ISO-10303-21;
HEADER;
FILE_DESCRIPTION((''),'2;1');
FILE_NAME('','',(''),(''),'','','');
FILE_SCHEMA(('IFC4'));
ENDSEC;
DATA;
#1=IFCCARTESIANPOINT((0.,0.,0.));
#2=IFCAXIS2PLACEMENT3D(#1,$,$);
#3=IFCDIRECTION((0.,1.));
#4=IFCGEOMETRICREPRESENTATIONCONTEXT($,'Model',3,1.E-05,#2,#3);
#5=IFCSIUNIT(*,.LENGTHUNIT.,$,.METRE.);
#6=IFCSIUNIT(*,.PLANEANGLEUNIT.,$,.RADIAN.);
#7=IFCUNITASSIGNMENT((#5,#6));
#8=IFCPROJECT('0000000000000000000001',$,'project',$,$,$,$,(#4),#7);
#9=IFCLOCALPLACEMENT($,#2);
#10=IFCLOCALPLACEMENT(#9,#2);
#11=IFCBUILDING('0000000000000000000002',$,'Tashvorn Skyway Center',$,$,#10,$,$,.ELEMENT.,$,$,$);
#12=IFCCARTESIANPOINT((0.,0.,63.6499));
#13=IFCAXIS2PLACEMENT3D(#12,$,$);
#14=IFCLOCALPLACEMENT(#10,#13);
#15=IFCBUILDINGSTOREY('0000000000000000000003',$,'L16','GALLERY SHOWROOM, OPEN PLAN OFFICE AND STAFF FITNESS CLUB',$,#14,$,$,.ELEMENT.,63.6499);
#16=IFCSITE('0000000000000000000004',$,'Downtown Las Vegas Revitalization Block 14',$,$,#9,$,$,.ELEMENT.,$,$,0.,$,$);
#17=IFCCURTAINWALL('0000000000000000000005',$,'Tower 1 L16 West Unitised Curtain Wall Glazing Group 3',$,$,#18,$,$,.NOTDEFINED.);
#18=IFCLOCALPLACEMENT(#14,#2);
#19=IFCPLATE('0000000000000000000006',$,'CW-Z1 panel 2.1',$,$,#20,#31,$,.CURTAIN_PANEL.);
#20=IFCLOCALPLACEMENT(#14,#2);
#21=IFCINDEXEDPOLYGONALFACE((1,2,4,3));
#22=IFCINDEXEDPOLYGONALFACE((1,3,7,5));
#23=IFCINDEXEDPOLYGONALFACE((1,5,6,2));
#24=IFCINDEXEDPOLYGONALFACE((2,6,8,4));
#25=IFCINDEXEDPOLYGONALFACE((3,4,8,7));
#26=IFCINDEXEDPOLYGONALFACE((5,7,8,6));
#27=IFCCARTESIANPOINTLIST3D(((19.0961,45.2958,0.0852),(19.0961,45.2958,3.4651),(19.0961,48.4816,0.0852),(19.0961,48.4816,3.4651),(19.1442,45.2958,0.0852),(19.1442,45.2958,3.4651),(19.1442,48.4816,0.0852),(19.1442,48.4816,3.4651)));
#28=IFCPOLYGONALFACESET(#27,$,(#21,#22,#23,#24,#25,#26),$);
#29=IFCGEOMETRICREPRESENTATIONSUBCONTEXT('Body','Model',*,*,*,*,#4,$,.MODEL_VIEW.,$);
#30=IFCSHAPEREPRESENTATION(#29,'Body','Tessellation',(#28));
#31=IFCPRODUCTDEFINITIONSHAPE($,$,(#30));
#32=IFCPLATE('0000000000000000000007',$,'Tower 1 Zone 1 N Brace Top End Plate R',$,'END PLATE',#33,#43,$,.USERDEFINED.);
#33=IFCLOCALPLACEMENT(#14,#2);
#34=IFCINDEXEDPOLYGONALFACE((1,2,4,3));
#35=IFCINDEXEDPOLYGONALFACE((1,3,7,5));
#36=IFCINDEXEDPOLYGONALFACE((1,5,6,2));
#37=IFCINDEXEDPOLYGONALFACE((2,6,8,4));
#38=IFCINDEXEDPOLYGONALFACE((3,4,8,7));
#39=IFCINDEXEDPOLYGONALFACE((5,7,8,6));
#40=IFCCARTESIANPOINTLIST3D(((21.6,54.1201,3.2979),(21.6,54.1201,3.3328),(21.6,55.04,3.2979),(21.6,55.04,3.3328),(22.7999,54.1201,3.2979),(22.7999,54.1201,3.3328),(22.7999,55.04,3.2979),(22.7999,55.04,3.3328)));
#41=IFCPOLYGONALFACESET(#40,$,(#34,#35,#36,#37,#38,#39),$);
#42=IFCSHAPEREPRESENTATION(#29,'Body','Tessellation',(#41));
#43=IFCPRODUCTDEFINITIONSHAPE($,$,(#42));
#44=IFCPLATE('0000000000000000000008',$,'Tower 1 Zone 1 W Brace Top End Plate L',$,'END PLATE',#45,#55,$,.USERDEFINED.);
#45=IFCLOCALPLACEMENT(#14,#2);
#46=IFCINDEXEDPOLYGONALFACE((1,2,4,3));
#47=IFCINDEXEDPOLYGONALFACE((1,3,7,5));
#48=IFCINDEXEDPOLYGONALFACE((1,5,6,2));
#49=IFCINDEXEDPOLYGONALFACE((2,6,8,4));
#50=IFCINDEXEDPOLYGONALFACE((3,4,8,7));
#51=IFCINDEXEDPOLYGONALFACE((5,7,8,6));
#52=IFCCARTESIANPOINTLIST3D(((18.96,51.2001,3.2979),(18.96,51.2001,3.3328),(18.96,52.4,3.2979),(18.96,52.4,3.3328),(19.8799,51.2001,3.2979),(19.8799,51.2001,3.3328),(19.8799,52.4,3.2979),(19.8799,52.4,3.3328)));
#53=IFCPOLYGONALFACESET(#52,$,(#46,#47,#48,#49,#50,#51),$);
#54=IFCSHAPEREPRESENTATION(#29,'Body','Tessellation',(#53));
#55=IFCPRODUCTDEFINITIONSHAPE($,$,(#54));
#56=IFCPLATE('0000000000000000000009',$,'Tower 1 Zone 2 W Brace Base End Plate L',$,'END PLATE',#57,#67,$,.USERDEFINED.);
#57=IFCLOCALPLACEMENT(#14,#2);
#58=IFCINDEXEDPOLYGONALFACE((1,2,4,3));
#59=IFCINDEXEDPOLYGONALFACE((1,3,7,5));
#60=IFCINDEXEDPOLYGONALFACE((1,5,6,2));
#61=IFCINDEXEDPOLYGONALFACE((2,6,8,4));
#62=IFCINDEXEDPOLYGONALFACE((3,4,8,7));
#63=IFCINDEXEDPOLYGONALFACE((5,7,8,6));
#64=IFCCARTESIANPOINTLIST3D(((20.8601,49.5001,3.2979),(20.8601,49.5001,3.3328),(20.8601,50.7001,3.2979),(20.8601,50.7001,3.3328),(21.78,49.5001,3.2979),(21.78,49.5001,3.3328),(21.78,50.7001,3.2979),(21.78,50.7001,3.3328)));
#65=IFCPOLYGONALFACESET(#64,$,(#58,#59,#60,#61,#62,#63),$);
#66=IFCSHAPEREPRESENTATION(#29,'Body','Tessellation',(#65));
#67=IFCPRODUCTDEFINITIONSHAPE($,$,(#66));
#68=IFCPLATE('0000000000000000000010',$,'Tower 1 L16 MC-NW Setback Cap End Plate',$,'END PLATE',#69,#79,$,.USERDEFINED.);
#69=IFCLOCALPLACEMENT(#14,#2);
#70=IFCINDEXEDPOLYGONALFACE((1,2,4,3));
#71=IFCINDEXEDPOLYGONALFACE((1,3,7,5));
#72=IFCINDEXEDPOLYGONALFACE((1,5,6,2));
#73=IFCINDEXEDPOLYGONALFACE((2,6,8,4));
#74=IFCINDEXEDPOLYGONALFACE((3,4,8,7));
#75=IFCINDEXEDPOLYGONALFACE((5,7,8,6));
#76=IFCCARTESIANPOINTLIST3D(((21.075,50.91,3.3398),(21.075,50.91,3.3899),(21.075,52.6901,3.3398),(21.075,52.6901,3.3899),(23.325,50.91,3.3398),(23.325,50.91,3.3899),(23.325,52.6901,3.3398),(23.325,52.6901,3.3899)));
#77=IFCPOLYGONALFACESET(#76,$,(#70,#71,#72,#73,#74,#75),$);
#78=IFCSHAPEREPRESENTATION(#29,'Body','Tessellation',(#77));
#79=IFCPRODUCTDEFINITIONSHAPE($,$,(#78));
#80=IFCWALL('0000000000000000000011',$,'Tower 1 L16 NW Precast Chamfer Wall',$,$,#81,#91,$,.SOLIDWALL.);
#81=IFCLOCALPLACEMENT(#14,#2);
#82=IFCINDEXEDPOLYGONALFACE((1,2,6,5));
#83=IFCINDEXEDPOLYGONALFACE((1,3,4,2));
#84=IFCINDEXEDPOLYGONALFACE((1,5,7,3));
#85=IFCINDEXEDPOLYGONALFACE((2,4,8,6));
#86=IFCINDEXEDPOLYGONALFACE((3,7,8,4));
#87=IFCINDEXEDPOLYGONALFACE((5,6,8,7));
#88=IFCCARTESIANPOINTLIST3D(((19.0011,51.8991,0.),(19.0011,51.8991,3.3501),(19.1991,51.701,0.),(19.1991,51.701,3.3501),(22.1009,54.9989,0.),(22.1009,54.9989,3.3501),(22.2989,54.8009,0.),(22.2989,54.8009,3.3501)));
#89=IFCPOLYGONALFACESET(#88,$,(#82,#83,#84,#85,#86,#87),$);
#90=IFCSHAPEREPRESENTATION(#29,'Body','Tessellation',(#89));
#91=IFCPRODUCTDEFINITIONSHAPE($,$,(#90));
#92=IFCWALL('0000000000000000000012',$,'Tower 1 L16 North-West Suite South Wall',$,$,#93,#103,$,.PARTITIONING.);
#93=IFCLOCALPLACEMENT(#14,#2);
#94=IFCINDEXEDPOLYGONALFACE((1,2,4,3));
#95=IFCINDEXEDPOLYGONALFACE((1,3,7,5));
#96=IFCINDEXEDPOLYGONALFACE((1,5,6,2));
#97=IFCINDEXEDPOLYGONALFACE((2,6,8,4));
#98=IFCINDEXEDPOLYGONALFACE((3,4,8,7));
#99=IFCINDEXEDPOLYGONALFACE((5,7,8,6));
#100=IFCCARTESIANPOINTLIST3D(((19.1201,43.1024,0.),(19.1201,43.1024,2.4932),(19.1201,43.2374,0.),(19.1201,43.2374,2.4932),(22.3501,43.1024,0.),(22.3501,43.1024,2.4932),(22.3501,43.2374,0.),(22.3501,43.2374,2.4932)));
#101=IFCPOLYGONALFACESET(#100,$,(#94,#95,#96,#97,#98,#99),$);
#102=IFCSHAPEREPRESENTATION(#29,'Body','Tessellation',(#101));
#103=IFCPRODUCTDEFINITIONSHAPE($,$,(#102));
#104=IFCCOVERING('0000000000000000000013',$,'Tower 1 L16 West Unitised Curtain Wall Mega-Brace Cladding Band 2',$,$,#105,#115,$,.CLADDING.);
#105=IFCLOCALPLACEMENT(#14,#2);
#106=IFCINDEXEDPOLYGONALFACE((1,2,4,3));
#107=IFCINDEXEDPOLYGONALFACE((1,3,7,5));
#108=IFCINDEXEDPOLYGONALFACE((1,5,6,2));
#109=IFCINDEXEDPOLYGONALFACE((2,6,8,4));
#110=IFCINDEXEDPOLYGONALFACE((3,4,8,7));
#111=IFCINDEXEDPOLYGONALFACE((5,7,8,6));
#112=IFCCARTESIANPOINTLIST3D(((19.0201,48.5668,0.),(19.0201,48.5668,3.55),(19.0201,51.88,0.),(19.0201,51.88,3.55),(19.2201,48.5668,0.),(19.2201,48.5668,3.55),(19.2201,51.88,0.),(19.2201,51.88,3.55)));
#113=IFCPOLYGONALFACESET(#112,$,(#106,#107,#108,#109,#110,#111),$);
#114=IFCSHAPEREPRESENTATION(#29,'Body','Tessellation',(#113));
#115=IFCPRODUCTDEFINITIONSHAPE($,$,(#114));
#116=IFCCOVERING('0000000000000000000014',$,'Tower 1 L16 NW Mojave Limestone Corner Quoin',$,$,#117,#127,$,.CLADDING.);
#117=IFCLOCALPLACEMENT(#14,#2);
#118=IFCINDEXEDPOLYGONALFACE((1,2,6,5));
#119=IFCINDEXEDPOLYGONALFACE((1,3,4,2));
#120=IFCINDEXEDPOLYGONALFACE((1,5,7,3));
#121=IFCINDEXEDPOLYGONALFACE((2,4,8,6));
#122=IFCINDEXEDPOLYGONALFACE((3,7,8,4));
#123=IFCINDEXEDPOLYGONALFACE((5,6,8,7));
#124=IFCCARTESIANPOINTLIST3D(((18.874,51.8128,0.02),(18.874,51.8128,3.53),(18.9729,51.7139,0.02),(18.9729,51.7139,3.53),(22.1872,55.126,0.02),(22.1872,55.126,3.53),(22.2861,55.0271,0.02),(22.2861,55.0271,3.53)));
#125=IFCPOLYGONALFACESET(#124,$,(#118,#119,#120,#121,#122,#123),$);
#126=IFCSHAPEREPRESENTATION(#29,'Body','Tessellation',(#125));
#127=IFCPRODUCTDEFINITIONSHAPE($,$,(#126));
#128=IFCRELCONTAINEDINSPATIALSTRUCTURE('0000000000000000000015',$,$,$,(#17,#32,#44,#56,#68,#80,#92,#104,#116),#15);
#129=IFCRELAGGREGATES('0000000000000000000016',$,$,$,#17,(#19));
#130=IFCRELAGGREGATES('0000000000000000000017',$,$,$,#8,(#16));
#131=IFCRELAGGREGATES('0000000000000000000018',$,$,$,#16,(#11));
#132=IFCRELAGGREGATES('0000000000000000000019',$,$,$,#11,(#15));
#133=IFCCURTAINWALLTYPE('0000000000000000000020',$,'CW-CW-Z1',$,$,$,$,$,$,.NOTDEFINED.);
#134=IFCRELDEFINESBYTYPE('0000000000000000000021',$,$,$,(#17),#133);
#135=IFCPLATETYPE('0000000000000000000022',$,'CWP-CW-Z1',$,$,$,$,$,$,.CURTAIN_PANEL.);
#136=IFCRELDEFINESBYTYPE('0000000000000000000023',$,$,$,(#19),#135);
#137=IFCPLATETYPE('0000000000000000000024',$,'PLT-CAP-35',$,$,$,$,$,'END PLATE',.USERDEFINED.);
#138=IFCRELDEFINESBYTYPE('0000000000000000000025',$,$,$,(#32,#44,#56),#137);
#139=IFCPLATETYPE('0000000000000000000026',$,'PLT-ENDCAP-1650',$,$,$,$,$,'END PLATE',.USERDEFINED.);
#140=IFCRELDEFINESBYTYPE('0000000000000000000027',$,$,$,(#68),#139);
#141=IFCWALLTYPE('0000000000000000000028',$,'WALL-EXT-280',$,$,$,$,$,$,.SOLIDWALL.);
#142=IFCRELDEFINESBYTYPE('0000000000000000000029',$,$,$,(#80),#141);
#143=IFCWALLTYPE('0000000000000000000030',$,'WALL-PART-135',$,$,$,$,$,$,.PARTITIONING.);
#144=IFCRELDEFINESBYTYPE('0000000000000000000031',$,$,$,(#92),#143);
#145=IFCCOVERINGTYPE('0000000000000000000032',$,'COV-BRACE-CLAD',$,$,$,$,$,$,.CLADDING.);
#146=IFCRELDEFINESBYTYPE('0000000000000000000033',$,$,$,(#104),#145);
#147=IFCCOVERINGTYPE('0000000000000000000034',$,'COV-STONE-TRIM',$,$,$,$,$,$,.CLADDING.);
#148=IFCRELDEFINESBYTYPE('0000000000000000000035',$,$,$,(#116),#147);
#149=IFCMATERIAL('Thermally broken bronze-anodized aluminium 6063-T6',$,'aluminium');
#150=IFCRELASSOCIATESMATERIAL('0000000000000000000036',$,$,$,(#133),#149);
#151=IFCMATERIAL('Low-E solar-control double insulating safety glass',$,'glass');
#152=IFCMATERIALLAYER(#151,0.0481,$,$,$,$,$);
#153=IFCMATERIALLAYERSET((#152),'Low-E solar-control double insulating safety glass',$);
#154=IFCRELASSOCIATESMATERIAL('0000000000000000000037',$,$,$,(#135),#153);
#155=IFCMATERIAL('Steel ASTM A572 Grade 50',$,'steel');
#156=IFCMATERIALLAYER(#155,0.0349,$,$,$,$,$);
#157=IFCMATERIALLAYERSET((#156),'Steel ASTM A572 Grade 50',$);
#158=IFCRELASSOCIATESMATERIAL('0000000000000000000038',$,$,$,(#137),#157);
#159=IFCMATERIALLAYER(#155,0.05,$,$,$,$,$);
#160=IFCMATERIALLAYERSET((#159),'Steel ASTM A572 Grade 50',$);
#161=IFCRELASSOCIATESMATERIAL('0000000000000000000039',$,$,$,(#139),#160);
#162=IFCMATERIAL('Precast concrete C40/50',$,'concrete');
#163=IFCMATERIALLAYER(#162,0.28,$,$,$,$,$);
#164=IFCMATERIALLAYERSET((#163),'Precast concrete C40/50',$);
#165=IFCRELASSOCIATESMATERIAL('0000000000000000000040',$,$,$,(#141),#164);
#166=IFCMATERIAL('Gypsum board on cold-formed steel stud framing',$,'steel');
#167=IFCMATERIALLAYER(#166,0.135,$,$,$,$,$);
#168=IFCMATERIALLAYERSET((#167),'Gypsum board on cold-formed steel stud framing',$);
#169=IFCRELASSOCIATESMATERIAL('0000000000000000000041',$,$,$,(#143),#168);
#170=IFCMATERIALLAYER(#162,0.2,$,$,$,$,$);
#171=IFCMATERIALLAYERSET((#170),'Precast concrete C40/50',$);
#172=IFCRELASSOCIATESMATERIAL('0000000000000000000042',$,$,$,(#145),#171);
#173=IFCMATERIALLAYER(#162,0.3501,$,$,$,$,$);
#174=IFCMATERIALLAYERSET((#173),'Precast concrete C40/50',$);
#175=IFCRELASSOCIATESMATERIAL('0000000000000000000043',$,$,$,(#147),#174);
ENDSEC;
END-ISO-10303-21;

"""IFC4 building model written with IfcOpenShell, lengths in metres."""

from ifc_helpers import new_model, si_unit, direction, frame, frame_2d, origin, origin_2d, place, context, subcontext, project, spatial, rectangle, extrude, material, layer, layer_set, type_object, element, aggregate, save


model = new_model("IFC4")

# Units and contexts
model_context = context("Model", 3, precision=1e-05, world=origin(), true_north=direction((0.0, 1.0)))
body_context = subcontext(model_context, "Body", "Model", "MODEL_VIEW")
ifc_project = project(units=[si_unit("LENGTHUNIT", "METRE"), si_unit("PLANEANGLEUNIT", "RADIAN")], contexts=[model_context])

# Site, building, storey
site_placement = place(None, origin())
site = spatial("IfcSite", under=ifc_project, at=site_placement, Name="Downtown Las Vegas Revitalization Block 14", CompositionType="ELEMENT", RefElevation=0.0)
building_placement = place(site_placement, origin())
building = spatial("IfcBuilding", under=site, at=building_placement, Name="Tashvorn Skyway Center", CompositionType="ELEMENT")
storey_placement = place(building_placement, frame((0.0, 0.0, 63.6499)))
storey = spatial("IfcBuildingStorey", under=building, at=storey_placement, Name="L16", Description="GALLERY SHOWROOM, OPEN PLAN OFFICE AND STAFF FITNESS CLUB", CompositionType="ELEMENT", Elevation=63.6499)

# Shared definitions
ifc_material_1 = material(Name="Steel ASTM A572 Grade 50", Category="steel")

# Curtain wall, plate
ifc_material_2 = material(Name="Thermally broken bronze-anodized aluminium 6063-T6", Category="aluminium")
curtain_wall_type = type_object("IfcCurtainWallType", Name="CW-CW-Z1", PredefinedType="NOTDEFINED", material=ifc_material_2)
curtain_wall_placement = place(storey_placement, origin())
curtain_wall = element("IfcCurtainWall", 1, at=curtain_wall_placement, inside=storey, type_object=curtain_wall_type, Name="Tower 1 L16 West Unitised Curtain Wall Glazing Group 3", PredefinedType="NOTDEFINED")
ifc_material_3 = material(Name="Low-E solar-control double insulating safety glass", Category="glass")
ifc_layer_1 = layer(ifc_material_3, 0.0481)
ifc_layer_set_1 = layer_set([ifc_layer_1], Name="Low-E solar-control double insulating safety glass")
plate_type_1 = type_object("IfcPlateType", Name="CWP-CW-Z1", PredefinedType="CURTAIN_PANEL", material=ifc_layer_set_1)
plate_1_placement = place(storey_placement, frame((19.1201, 46.8887, 0.0852), z_axis=(0.0, 0.0, 1.0), x_axis=(0.0, 1.0, 0.0)))
plate_1 = element("IfcPlate", 2, at=plate_1_placement, type_object=plate_type_1, Name="CW-Z1 panel 2.1", PredefinedType="CURTAIN_PANEL", context=body_context, shape_type="SweptSolid", body=[
    extrude(rectangle(XDim=3.1858, YDim=0.0481, at=origin_2d()), origin(), (0.0, 0.0, 1.0), 3.3799),
])
aggregate(curtain_wall, [plate_1])

# Plates
ifc_layer_2 = layer(ifc_material_1, 0.0349)
ifc_layer_set_2 = layer_set([ifc_layer_2], Name="Steel ASTM A572 Grade 50")
plate_type_2 = type_object("IfcPlateType", Name="PLT-CAP-35", ElementType="END PLATE", PredefinedType="USERDEFINED", material=ifc_layer_set_2)
for number, where, z_axis, x_axis, name in (
    (3, (22.2, 54.5801, 3.2979), (0.0, 0.0, 1.0), (-1.0, 0.0, 0.0), "Tower 1 Zone 1 N Brace Top End Plate R"),
    (4, (19.4199, 51.8, 3.2979), (0.0, 0.0, 1.0), (0.0, -1.0, 0.0), "Tower 1 Zone 1 W Brace Top End Plate L"),
    (5, (21.3201, 50.1001, 3.2979), (0.0, 0.0, 1.0), (0.0, -1.0, 0.0), "Tower 1 Zone 2 W Brace Base End Plate L"),
):
    element("IfcPlate", number, at=place(storey_placement, frame(where, z_axis=z_axis, x_axis=x_axis)), inside=storey, type_object=plate_type_2, Name=name, ObjectType="END PLATE", PredefinedType="USERDEFINED", context=body_context, shape_type="SweptSolid", body=[
        extrude(rectangle(XDim=1.2, YDim=0.9199, at=origin_2d()), origin(), (0.0, 0.0, 1.0), 0.0349),
    ])
ifc_layer_3 = layer(ifc_material_1, 0.05)
ifc_layer_set_3 = layer_set([ifc_layer_3], Name="Steel ASTM A572 Grade 50")
plate_type_3 = type_object("IfcPlateType", Name="PLT-ENDCAP-1650", ElementType="END PLATE", PredefinedType="USERDEFINED", material=ifc_layer_set_3)
plate_2_placement = place(storey_placement, frame((22.2, 51.8, 3.3398), z_axis=(0.0, 0.0, 1.0), x_axis=(1.0, 0.0, 0.0)))
element("IfcPlate", 6, at=plate_2_placement, inside=storey, type_object=plate_type_3, Name="Tower 1 L16 MC-NW Setback Cap End Plate", ObjectType="END PLATE", PredefinedType="USERDEFINED", context=body_context, shape_type="SweptSolid", body=[
    extrude(rectangle(XDim=2.25, YDim=1.78, at=origin_2d()), origin(), (0.0, 0.0, 1.0), 0.05),
])

# Walls
ifc_material_4 = material(Name="Precast concrete C40/50", Category="concrete")
ifc_layer_4 = layer(ifc_material_4, 0.28)
ifc_layer_set_4 = layer_set([ifc_layer_4], Name="Precast concrete C40/50")
wall_type_1 = type_object("IfcWallType", Name="WALL-EXT-280", PredefinedType="SOLIDWALL", material=ifc_layer_set_4)
wall_1_placement = place(storey_placement, frame((19.1001, 51.8, 0.0), z_axis=(0.0, 0.0, 1.0), x_axis=(0.707107, 0.707107, 0.0)))
element("IfcWall", 7, at=wall_1_placement, inside=storey, type_object=wall_type_1, Name="Tower 1 L16 NW Precast Chamfer Wall", PredefinedType="SOLIDWALL", context=body_context, shape_type="SweptSolid", body=[
    extrude(rectangle(XDim=4.3838, YDim=0.28, at=frame_2d((2.1919, 0.0))), origin(), (0.0, 0.0, 1.0), 3.3501),
])
ifc_material_5 = material(Name="Gypsum board on cold-formed steel stud framing", Category="steel")
ifc_layer_5 = layer(ifc_material_5, 0.135)
ifc_layer_set_5 = layer_set([ifc_layer_5], Name="Gypsum board on cold-formed steel stud framing")
wall_type_2 = type_object("IfcWallType", Name="WALL-PART-135", PredefinedType="PARTITIONING", material=ifc_layer_set_5)
wall_2_placement = place(storey_placement, frame((19.1201, 43.1699, 0.0), z_axis=(0.0, 0.0, 1.0), x_axis=(1.0, 0.0, 0.0)))
element("IfcWall", 8, at=wall_2_placement, inside=storey, type_object=wall_type_2, Name="Tower 1 L16 North-West Suite South Wall", PredefinedType="PARTITIONING", context=body_context, shape_type="SweptSolid", body=[
    extrude(rectangle(XDim=3.23, YDim=0.135, at=frame_2d((1.615, 0.0))), origin(), (0.0, 0.0, 1.0), 2.4932),
])

# Coverings
ifc_layer_6 = layer(ifc_material_4, 0.2)
ifc_layer_set_6 = layer_set([ifc_layer_6], Name="Precast concrete C40/50")
covering_type_1 = type_object("IfcCoveringType", Name="COV-BRACE-CLAD", PredefinedType="CLADDING", material=ifc_layer_set_6)
covering_1_placement = place(storey_placement, frame((19.1201, 50.2234, 0.0), z_axis=(0.0, 0.0, 1.0), x_axis=(0.0, 1.0, 0.0)))
element("IfcCovering", 9, at=covering_1_placement, inside=storey, type_object=covering_type_1, Name="Tower 1 L16 West Unitised Curtain Wall Mega-Brace Cladding Band 2", PredefinedType="CLADDING", context=body_context, shape_type="SweptSolid", body=[
    extrude(rectangle(XDim=3.3132, YDim=0.2, at=origin_2d()), origin(), (0.0, 0.0, 1.0), 3.55),
])
ifc_layer_7 = layer(ifc_material_4, 0.3501)
ifc_layer_set_7 = layer_set([ifc_layer_7], Name="Precast concrete C40/50")
covering_type_2 = type_object("IfcCoveringType", Name="COV-STONE-TRIM", PredefinedType="CLADDING", material=ifc_layer_set_7)
covering_2_placement = place(storey_placement, frame((20.5801, 53.4199, 0.02), z_axis=(0.0, 0.0, 1.0), x_axis=(-0.707107, -0.707107, 0.0)))
element("IfcCovering", 10, at=covering_2_placement, inside=storey, type_object=covering_type_2, Name="Tower 1 L16 NW Mojave Limestone Corner Quoin", PredefinedType="CLADDING", context=body_context, shape_type="SweptSolid", body=[
    extrude(rectangle(XDim=4.6855, YDim=0.1399, at=origin_2d()), origin(), (0.0, 0.0, 1.0), 3.51),
])

save(model, "model.ifc")
